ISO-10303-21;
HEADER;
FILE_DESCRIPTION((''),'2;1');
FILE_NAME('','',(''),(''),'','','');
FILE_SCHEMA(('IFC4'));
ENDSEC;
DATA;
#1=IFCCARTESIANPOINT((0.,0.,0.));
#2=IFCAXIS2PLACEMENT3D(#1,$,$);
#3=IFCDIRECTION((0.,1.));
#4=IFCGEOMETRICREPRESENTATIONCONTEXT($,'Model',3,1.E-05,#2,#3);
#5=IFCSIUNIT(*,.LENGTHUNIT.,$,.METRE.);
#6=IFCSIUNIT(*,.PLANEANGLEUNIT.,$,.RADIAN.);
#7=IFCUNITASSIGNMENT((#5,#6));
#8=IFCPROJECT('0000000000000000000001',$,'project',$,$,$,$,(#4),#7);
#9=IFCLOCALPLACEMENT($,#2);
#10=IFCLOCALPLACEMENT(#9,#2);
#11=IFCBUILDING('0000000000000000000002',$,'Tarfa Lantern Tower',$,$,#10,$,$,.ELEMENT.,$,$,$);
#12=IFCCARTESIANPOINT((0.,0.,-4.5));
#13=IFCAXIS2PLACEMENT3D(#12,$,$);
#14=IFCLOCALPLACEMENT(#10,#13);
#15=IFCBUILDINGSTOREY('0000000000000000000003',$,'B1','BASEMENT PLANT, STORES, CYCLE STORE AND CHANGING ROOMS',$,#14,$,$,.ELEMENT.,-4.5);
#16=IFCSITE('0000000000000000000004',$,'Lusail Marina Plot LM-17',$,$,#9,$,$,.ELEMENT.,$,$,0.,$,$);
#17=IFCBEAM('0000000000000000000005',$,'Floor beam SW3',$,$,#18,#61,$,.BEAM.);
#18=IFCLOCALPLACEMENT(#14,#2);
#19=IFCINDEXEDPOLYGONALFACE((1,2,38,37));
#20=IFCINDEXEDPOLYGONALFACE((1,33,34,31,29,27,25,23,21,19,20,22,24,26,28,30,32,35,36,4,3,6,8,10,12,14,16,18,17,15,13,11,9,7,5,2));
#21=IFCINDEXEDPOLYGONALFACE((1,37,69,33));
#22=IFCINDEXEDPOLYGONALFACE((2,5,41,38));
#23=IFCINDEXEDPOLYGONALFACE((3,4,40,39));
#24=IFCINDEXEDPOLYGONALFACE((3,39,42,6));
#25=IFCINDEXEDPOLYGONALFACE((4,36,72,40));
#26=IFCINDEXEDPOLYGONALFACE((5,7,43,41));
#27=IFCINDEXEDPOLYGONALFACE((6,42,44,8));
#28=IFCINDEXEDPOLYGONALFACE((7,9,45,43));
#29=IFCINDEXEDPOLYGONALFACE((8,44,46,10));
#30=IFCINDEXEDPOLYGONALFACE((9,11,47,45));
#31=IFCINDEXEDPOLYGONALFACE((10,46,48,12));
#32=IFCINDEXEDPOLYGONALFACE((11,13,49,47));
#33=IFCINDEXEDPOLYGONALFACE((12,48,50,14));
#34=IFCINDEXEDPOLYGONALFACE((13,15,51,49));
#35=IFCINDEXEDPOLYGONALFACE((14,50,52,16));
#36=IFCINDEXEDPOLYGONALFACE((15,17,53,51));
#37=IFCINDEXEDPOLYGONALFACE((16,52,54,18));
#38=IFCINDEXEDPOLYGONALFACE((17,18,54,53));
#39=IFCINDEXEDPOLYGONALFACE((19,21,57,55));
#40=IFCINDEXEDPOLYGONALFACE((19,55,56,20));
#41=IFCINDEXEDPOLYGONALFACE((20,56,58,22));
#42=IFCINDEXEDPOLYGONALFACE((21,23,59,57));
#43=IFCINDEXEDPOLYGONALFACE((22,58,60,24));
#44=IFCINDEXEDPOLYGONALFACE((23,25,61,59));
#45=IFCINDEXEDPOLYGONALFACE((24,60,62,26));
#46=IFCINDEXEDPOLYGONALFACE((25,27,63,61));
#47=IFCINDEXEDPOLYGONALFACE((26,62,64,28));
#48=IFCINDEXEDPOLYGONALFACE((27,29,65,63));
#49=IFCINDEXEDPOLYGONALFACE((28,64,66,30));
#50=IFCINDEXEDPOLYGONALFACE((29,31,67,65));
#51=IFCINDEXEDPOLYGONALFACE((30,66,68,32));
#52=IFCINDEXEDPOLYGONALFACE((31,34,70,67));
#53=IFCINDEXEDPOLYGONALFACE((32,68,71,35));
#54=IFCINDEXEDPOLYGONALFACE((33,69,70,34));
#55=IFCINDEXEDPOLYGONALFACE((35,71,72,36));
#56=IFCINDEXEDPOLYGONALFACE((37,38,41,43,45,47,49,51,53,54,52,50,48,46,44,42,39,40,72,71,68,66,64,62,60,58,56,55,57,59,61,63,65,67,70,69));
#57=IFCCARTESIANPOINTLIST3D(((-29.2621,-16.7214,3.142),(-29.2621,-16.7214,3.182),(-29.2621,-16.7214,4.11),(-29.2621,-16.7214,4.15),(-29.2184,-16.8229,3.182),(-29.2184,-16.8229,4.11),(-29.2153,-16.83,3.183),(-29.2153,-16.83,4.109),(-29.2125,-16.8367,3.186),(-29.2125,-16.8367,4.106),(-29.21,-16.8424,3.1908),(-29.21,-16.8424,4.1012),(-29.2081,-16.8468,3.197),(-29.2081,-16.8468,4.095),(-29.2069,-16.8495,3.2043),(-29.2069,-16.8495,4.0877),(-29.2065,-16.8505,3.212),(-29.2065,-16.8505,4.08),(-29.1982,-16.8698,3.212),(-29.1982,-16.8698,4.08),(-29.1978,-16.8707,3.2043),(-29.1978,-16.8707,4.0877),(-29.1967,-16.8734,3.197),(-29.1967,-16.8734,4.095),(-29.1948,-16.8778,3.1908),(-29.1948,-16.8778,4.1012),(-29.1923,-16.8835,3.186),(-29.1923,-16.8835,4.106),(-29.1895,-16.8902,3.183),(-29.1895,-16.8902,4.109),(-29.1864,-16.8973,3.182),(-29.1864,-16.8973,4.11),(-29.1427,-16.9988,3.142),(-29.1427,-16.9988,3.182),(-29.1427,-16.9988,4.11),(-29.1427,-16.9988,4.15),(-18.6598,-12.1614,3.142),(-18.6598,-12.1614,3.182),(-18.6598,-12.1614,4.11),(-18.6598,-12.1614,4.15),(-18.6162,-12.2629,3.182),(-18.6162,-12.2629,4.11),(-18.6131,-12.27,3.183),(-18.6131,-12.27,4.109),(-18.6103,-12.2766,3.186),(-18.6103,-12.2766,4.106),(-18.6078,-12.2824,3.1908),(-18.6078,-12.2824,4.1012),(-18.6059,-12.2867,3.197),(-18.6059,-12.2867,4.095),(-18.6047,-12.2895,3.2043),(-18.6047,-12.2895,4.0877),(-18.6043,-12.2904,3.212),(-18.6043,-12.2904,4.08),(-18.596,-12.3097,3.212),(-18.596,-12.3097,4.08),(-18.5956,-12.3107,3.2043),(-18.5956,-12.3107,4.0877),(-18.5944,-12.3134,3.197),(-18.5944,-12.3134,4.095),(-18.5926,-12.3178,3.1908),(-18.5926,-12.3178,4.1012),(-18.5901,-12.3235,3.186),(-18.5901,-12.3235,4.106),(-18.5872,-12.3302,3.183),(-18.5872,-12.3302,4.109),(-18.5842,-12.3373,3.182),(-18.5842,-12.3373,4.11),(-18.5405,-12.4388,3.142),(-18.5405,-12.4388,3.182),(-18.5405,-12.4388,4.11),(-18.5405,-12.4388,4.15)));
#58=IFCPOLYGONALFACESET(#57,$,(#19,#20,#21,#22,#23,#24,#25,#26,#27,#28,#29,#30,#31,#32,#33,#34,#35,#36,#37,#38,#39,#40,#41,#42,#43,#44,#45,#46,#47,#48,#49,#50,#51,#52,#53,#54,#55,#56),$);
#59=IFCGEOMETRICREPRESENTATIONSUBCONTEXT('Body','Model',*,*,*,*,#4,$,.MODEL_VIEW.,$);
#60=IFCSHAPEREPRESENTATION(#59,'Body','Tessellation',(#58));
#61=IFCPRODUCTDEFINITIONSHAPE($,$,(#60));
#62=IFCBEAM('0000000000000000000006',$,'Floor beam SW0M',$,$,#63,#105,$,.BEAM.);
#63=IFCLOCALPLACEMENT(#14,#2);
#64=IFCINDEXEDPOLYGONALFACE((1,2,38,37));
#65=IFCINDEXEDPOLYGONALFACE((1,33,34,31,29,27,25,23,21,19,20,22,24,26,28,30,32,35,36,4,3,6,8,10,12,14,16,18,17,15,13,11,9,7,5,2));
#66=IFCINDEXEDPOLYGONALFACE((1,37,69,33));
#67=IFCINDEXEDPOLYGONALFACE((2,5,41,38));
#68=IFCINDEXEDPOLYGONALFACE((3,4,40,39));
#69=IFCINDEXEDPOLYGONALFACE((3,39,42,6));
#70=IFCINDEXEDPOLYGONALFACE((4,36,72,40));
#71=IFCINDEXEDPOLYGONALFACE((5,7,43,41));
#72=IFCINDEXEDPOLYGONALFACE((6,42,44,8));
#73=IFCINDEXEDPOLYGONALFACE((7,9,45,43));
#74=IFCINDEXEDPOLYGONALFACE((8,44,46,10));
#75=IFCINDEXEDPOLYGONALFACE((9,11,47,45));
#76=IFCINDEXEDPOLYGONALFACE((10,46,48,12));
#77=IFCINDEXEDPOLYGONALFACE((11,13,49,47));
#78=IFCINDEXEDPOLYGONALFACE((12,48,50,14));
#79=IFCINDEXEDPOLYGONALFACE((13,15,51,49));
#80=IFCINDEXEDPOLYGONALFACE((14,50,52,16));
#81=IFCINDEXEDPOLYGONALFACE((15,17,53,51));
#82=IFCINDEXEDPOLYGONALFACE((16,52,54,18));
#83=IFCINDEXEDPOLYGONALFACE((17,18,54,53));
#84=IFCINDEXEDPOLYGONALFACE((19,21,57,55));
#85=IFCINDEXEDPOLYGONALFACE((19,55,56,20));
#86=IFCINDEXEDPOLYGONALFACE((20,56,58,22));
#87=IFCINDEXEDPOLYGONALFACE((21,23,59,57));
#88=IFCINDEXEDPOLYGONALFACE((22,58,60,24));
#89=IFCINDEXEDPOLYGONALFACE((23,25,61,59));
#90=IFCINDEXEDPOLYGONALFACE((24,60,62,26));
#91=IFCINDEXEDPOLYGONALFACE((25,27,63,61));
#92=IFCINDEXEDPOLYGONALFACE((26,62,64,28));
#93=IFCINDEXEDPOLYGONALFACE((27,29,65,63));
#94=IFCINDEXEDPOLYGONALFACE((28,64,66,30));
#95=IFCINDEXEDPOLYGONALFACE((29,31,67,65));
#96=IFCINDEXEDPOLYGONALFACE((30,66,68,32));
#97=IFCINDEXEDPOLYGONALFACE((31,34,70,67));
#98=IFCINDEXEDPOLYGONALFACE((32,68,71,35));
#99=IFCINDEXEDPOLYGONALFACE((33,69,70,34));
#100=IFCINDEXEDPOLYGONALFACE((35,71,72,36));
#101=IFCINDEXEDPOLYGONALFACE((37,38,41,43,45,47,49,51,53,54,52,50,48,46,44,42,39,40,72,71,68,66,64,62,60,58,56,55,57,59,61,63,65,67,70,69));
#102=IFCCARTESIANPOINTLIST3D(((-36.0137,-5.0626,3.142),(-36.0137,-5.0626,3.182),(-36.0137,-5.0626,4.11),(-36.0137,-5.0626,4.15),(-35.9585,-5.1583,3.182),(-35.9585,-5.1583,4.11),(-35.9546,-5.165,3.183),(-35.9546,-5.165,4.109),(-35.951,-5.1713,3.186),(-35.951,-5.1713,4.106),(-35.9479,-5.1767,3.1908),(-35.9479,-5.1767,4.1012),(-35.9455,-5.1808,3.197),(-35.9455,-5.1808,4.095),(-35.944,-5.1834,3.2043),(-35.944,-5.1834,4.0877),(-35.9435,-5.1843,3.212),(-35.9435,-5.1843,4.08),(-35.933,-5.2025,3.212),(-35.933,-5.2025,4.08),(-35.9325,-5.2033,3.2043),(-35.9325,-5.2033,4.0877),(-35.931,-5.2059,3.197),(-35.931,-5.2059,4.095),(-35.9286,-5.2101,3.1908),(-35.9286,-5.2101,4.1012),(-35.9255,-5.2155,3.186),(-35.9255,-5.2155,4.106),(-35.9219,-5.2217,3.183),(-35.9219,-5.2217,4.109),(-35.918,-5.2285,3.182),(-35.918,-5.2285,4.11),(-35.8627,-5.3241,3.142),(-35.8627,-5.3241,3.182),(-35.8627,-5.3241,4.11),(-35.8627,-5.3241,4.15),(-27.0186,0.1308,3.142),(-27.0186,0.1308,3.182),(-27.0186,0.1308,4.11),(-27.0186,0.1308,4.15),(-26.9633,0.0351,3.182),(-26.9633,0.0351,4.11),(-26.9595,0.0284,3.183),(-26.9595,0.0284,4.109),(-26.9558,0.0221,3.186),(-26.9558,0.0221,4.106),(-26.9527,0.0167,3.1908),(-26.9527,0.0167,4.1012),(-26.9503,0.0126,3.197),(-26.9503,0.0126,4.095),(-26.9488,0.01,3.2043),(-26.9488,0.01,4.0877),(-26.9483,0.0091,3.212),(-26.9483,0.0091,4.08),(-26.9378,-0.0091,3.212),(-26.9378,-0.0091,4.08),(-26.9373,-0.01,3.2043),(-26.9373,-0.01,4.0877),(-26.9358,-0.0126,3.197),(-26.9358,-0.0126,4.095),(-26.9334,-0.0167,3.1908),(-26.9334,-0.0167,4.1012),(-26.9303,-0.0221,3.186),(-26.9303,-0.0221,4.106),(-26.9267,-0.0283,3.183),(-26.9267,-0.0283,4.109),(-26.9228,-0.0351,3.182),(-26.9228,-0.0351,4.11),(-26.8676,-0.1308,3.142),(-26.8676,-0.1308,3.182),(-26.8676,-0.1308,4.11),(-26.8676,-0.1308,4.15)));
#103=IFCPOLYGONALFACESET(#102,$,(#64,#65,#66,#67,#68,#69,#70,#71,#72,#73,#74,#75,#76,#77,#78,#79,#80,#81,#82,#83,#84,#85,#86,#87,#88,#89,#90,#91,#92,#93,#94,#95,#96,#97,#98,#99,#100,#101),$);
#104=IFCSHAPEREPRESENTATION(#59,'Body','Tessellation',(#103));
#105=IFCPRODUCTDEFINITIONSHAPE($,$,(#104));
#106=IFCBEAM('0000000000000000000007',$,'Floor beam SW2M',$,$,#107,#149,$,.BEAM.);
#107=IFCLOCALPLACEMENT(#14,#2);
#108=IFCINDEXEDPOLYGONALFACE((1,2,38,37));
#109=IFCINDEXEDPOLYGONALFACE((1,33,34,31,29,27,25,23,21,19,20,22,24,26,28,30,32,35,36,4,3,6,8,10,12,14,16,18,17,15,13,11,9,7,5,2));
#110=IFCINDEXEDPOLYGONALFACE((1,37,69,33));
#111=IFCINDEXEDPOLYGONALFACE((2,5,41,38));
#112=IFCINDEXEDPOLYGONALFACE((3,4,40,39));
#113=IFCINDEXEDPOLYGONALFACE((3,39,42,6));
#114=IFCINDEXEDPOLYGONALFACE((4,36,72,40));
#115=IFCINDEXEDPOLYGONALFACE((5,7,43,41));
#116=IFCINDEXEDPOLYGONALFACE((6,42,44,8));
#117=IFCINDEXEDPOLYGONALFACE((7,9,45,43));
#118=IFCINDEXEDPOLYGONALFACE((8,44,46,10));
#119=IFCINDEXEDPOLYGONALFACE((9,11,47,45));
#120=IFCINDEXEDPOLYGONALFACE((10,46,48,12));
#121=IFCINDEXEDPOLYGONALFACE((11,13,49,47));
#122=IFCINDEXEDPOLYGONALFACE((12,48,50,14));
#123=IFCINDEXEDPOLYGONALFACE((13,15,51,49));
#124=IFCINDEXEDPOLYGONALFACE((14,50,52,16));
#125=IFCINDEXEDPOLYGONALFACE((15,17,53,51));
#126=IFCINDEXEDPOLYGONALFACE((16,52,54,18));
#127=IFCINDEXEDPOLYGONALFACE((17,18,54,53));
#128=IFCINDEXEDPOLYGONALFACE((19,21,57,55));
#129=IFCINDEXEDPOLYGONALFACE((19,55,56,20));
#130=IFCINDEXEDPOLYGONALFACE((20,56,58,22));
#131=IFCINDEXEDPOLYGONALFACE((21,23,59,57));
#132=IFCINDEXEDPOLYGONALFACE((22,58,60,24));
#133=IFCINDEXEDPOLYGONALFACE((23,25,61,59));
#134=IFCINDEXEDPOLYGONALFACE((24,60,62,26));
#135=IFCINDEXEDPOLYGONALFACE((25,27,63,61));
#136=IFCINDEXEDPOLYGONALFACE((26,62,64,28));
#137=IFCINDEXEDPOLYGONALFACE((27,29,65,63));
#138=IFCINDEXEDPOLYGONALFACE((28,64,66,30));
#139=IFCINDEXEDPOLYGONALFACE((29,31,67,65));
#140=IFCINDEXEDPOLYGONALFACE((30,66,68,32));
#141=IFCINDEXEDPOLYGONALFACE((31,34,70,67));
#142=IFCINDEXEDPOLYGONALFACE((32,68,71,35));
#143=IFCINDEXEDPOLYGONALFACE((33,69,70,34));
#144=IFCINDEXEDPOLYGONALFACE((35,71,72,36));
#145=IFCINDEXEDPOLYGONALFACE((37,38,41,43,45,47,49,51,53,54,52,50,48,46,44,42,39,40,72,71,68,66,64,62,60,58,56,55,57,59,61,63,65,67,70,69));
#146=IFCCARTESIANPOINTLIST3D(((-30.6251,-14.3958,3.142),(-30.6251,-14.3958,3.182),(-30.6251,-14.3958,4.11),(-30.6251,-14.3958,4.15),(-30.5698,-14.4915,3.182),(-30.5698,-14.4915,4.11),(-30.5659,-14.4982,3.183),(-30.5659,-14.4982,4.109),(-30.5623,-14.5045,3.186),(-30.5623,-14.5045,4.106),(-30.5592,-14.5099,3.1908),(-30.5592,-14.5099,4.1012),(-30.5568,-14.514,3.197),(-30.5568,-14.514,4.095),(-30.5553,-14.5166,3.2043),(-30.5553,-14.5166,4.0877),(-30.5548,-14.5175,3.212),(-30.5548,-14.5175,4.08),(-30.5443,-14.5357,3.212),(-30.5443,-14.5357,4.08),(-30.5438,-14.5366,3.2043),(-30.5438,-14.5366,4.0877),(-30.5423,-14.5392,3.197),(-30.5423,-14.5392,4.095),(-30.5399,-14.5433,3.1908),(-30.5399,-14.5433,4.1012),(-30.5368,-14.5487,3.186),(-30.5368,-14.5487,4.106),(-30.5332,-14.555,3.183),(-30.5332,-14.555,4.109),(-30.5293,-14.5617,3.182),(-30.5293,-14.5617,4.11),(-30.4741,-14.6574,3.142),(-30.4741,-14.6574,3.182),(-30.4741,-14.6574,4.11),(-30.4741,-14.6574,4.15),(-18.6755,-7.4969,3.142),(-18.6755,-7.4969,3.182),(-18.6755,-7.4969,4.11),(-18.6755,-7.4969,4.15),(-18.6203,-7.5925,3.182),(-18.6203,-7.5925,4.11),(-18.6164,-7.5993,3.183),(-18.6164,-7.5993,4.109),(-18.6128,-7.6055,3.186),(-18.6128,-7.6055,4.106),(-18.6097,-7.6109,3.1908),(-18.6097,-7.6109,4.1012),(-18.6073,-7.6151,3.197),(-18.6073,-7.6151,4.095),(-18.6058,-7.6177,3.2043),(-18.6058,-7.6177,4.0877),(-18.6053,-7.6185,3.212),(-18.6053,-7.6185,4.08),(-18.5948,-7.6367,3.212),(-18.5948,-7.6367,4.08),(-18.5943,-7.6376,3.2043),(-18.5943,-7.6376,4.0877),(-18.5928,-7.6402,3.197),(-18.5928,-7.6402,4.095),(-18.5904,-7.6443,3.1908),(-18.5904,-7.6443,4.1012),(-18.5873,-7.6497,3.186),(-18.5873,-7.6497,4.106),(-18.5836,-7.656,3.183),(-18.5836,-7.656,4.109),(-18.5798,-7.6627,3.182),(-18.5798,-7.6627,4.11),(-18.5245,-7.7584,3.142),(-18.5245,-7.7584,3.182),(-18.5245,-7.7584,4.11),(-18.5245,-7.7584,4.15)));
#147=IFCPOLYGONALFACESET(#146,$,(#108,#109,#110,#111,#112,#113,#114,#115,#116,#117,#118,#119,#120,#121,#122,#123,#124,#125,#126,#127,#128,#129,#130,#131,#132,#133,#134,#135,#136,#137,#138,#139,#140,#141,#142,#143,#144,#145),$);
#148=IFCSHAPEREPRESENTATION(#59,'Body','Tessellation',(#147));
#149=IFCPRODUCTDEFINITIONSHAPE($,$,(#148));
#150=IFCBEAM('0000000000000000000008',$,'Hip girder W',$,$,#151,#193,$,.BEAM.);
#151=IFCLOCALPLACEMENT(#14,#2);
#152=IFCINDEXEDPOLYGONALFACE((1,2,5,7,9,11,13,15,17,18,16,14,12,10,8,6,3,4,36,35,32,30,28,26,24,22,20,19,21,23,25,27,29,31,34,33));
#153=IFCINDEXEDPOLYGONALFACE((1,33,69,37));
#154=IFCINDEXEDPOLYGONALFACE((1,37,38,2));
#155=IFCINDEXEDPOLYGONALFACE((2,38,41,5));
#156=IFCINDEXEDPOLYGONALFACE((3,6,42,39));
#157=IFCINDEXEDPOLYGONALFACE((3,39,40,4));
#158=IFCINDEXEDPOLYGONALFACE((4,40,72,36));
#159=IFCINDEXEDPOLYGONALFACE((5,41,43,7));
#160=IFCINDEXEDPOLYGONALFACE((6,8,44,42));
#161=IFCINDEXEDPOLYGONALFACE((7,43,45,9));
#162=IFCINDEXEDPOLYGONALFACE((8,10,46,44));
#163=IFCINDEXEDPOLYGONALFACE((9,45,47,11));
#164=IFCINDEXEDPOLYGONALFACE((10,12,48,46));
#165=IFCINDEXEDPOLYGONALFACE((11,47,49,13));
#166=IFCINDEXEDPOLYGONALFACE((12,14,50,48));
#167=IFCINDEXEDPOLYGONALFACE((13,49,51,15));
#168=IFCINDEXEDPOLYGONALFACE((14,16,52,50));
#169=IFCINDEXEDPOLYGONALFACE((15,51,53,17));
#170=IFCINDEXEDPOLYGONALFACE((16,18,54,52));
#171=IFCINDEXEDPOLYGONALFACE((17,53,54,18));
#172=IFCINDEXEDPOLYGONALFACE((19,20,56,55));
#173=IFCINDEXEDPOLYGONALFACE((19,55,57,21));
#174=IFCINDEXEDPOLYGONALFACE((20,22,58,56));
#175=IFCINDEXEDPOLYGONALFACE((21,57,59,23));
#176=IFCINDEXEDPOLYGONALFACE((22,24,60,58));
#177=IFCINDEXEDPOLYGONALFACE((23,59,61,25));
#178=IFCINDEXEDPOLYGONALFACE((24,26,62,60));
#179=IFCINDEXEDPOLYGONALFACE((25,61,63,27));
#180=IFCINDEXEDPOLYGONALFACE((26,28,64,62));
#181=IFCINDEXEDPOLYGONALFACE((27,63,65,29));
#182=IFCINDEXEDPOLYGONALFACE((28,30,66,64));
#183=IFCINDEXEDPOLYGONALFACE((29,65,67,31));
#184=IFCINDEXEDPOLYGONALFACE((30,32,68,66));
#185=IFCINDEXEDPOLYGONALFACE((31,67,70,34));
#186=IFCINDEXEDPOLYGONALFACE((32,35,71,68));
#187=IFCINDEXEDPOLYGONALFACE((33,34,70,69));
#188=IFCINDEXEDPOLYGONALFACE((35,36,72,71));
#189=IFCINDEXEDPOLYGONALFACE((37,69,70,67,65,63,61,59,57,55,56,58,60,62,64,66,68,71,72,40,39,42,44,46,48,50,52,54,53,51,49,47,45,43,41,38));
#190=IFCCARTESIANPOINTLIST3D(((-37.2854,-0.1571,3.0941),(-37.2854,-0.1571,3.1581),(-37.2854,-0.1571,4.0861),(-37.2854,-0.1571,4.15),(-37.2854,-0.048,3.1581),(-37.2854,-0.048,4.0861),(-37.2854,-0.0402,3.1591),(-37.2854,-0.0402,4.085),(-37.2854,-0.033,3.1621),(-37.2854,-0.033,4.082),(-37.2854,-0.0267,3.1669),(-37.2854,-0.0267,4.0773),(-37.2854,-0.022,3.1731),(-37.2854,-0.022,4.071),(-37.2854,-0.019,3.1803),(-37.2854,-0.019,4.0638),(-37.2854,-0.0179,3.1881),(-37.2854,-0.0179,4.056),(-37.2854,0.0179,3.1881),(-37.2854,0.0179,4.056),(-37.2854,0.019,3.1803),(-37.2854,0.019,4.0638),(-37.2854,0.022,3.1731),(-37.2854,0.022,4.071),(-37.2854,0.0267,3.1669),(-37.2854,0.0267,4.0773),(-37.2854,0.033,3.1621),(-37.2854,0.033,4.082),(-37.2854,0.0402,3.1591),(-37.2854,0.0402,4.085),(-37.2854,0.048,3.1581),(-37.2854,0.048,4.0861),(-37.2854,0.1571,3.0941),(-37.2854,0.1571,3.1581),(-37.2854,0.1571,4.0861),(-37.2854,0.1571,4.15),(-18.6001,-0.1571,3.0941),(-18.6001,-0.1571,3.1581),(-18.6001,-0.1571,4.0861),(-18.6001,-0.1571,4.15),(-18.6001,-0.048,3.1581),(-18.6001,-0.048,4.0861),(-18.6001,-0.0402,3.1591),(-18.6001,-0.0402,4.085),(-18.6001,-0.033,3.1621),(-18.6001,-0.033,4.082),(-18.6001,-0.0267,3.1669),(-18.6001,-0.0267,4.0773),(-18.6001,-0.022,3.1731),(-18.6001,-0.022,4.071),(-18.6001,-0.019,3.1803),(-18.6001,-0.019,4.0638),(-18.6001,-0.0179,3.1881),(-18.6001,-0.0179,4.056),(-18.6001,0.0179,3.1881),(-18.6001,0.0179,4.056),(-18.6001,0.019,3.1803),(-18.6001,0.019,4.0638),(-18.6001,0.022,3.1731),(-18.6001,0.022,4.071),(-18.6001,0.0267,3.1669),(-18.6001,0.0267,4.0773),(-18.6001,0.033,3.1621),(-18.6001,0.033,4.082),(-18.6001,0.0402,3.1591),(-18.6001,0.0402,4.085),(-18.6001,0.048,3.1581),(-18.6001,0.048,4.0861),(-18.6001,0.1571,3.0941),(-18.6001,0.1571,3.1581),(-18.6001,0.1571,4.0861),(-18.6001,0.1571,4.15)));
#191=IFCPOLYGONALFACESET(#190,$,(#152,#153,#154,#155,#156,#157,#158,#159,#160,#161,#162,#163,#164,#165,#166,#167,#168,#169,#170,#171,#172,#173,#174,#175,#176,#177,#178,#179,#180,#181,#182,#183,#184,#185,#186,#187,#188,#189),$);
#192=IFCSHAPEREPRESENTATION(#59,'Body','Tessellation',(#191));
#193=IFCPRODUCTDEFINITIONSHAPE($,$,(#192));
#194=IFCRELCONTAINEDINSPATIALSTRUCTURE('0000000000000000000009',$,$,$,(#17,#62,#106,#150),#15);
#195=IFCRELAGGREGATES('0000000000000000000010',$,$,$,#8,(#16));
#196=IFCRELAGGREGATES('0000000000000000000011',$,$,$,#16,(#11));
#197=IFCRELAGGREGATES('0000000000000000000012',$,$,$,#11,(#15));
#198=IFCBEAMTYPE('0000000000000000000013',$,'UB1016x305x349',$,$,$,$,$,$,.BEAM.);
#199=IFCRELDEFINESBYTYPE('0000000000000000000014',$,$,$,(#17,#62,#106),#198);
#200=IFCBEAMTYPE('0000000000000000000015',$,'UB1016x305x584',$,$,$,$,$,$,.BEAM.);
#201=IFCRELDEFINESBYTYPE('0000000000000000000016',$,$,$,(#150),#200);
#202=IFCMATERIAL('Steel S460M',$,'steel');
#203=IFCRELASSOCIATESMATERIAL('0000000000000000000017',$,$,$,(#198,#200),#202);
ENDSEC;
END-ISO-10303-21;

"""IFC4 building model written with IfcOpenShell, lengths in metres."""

from ifc_helpers import new_model, si_unit, direction, frame, origin, origin_2d, place, context, subcontext, project, spatial, i_section, extrude, material, material_profile, profile_set, type_object, element, save


model = new_model("IFC4")

# Units and contexts
model_context = context("Model", 3, precision=1e-05, world=origin(), true_north=direction((0.0, 1.0)))
body_context = subcontext(model_context, "Body", "Model", "MODEL_VIEW")
ifc_project = project(units=[si_unit("LENGTHUNIT", "METRE"), si_unit("PLANEANGLEUNIT", "RADIAN")], contexts=[model_context])

# Site, building, storey
site_placement = place(None, origin())
site = spatial("IfcSite", under=ifc_project, at=site_placement, Name="Lusail Marina Plot LM-17", CompositionType="ELEMENT", RefElevation=0.0)
building_placement = place(site_placement, origin())
building = spatial("IfcBuilding", under=site, at=building_placement, Name="Tarfa Lantern Tower", CompositionType="ELEMENT")
storey_placement = place(building_placement, frame((0.0, 0.0, -4.5)))
storey = spatial("IfcBuildingStorey", under=building, at=storey_placement, Name="B1", Description="BASEMENT PLANT, STORES, CYCLE STORE AND CHANGING ROOMS", CompositionType="ELEMENT", Elevation=-4.5)

# Beams
ifc_material_1 = material(Name="Steel S460M", Category="steel")
ifc_material_profile_1 = material_profile(ifc_material_1, i_section(OverallWidth=0.302, OverallDepth=1.0081, WebThickness=0.021, FlangeThickness=0.04, FilletRadius=0.03, at=origin_2d()), Name="UB1016x305x349")
ifc_profile_set_1 = profile_set([ifc_material_profile_1], Name="Steel S460M")
beam_type_1 = type_object("IfcBeamType", Name="UB1016x305x349", PredefinedType="BEAM", material=ifc_profile_set_1)
beam_1_placement = place(storey_placement, frame((-29.2024, -16.8601, 3.646), z_axis=(0.918635, 0.395106, 0.0), x_axis=(-0.395106, 0.918635, 0.0)))
element("IfcBeam", 1, at=beam_1_placement, inside=storey, type_object=beam_type_1, Name="Floor beam SW3", PredefinedType="BEAM", context=body_context, shape_type="SweptSolid", body=[
    extrude(i_section(OverallWidth=0.302, OverallDepth=1.0081, WebThickness=0.021, FlangeThickness=0.04, FilletRadius=0.03, at=origin_2d()), origin(), (0.0, 0.0, 1.0), 11.5413),
])
beam_2_placement = place(storey_placement, frame((-35.9382, -5.1934, 3.646), z_axis=(0.866024, 0.500002, 0.0), x_axis=(-0.500002, 0.866024, 0.0)))
element("IfcBeam", 2, at=beam_2_placement, inside=storey, type_object=beam_type_1, Name="Floor beam SW0M", PredefinedType="BEAM", context=body_context, shape_type="SweptSolid", body=[
    extrude(i_section(OverallWidth=0.302, OverallDepth=1.0081, WebThickness=0.021, FlangeThickness=0.04, FilletRadius=0.03, at=origin_2d()), origin(), (0.0, 0.0, 1.0), 10.3867),
])
beam_3_placement = place(storey_placement, frame((-30.5496, -14.5266, 3.646), z_axis=(0.866029, 0.499995, 0.0), x_axis=(-0.499995, 0.866029, 0.0)))
element("IfcBeam", 3, at=beam_3_placement, inside=storey, type_object=beam_type_1, Name="Floor beam SW2M", PredefinedType="BEAM", context=body_context, shape_type="SweptSolid", body=[
    extrude(i_section(OverallWidth=0.302, OverallDepth=1.0081, WebThickness=0.021, FlangeThickness=0.04, FilletRadius=0.03, at=origin_2d()), origin(), (0.0, 0.0, 1.0), 13.7981),
])
ifc_material_profile_2 = material_profile(ifc_material_1, i_section(OverallWidth=0.3142, OverallDepth=1.0559, WebThickness=0.0359, FlangeThickness=0.064, FilletRadius=0.03, at=origin_2d()), Name="UB1016x305x584")
ifc_profile_set_2 = profile_set([ifc_material_profile_2], Name="Steel S460M")
beam_type_2 = type_object("IfcBeamType", Name="UB1016x305x584", PredefinedType="BEAM", material=ifc_profile_set_2)
beam_4_placement = place(storey_placement, frame((-18.6001, 0.0, 3.6221), z_axis=(-1.0, 0.0, 0.0), x_axis=(0.0, -1.0, 0.0)))
element("IfcBeam", 4, at=beam_4_placement, inside=storey, type_object=beam_type_2, Name="Hip girder W", PredefinedType="BEAM", context=body_context, shape_type="SweptSolid", body=[
    extrude(i_section(OverallWidth=0.3142, OverallDepth=1.0559, WebThickness=0.0359, FlangeThickness=0.064, FilletRadius=0.03, at=origin_2d()), origin(), (0.0, 0.0, 1.0), 18.6853),
])

save(model, "model.ifc")
